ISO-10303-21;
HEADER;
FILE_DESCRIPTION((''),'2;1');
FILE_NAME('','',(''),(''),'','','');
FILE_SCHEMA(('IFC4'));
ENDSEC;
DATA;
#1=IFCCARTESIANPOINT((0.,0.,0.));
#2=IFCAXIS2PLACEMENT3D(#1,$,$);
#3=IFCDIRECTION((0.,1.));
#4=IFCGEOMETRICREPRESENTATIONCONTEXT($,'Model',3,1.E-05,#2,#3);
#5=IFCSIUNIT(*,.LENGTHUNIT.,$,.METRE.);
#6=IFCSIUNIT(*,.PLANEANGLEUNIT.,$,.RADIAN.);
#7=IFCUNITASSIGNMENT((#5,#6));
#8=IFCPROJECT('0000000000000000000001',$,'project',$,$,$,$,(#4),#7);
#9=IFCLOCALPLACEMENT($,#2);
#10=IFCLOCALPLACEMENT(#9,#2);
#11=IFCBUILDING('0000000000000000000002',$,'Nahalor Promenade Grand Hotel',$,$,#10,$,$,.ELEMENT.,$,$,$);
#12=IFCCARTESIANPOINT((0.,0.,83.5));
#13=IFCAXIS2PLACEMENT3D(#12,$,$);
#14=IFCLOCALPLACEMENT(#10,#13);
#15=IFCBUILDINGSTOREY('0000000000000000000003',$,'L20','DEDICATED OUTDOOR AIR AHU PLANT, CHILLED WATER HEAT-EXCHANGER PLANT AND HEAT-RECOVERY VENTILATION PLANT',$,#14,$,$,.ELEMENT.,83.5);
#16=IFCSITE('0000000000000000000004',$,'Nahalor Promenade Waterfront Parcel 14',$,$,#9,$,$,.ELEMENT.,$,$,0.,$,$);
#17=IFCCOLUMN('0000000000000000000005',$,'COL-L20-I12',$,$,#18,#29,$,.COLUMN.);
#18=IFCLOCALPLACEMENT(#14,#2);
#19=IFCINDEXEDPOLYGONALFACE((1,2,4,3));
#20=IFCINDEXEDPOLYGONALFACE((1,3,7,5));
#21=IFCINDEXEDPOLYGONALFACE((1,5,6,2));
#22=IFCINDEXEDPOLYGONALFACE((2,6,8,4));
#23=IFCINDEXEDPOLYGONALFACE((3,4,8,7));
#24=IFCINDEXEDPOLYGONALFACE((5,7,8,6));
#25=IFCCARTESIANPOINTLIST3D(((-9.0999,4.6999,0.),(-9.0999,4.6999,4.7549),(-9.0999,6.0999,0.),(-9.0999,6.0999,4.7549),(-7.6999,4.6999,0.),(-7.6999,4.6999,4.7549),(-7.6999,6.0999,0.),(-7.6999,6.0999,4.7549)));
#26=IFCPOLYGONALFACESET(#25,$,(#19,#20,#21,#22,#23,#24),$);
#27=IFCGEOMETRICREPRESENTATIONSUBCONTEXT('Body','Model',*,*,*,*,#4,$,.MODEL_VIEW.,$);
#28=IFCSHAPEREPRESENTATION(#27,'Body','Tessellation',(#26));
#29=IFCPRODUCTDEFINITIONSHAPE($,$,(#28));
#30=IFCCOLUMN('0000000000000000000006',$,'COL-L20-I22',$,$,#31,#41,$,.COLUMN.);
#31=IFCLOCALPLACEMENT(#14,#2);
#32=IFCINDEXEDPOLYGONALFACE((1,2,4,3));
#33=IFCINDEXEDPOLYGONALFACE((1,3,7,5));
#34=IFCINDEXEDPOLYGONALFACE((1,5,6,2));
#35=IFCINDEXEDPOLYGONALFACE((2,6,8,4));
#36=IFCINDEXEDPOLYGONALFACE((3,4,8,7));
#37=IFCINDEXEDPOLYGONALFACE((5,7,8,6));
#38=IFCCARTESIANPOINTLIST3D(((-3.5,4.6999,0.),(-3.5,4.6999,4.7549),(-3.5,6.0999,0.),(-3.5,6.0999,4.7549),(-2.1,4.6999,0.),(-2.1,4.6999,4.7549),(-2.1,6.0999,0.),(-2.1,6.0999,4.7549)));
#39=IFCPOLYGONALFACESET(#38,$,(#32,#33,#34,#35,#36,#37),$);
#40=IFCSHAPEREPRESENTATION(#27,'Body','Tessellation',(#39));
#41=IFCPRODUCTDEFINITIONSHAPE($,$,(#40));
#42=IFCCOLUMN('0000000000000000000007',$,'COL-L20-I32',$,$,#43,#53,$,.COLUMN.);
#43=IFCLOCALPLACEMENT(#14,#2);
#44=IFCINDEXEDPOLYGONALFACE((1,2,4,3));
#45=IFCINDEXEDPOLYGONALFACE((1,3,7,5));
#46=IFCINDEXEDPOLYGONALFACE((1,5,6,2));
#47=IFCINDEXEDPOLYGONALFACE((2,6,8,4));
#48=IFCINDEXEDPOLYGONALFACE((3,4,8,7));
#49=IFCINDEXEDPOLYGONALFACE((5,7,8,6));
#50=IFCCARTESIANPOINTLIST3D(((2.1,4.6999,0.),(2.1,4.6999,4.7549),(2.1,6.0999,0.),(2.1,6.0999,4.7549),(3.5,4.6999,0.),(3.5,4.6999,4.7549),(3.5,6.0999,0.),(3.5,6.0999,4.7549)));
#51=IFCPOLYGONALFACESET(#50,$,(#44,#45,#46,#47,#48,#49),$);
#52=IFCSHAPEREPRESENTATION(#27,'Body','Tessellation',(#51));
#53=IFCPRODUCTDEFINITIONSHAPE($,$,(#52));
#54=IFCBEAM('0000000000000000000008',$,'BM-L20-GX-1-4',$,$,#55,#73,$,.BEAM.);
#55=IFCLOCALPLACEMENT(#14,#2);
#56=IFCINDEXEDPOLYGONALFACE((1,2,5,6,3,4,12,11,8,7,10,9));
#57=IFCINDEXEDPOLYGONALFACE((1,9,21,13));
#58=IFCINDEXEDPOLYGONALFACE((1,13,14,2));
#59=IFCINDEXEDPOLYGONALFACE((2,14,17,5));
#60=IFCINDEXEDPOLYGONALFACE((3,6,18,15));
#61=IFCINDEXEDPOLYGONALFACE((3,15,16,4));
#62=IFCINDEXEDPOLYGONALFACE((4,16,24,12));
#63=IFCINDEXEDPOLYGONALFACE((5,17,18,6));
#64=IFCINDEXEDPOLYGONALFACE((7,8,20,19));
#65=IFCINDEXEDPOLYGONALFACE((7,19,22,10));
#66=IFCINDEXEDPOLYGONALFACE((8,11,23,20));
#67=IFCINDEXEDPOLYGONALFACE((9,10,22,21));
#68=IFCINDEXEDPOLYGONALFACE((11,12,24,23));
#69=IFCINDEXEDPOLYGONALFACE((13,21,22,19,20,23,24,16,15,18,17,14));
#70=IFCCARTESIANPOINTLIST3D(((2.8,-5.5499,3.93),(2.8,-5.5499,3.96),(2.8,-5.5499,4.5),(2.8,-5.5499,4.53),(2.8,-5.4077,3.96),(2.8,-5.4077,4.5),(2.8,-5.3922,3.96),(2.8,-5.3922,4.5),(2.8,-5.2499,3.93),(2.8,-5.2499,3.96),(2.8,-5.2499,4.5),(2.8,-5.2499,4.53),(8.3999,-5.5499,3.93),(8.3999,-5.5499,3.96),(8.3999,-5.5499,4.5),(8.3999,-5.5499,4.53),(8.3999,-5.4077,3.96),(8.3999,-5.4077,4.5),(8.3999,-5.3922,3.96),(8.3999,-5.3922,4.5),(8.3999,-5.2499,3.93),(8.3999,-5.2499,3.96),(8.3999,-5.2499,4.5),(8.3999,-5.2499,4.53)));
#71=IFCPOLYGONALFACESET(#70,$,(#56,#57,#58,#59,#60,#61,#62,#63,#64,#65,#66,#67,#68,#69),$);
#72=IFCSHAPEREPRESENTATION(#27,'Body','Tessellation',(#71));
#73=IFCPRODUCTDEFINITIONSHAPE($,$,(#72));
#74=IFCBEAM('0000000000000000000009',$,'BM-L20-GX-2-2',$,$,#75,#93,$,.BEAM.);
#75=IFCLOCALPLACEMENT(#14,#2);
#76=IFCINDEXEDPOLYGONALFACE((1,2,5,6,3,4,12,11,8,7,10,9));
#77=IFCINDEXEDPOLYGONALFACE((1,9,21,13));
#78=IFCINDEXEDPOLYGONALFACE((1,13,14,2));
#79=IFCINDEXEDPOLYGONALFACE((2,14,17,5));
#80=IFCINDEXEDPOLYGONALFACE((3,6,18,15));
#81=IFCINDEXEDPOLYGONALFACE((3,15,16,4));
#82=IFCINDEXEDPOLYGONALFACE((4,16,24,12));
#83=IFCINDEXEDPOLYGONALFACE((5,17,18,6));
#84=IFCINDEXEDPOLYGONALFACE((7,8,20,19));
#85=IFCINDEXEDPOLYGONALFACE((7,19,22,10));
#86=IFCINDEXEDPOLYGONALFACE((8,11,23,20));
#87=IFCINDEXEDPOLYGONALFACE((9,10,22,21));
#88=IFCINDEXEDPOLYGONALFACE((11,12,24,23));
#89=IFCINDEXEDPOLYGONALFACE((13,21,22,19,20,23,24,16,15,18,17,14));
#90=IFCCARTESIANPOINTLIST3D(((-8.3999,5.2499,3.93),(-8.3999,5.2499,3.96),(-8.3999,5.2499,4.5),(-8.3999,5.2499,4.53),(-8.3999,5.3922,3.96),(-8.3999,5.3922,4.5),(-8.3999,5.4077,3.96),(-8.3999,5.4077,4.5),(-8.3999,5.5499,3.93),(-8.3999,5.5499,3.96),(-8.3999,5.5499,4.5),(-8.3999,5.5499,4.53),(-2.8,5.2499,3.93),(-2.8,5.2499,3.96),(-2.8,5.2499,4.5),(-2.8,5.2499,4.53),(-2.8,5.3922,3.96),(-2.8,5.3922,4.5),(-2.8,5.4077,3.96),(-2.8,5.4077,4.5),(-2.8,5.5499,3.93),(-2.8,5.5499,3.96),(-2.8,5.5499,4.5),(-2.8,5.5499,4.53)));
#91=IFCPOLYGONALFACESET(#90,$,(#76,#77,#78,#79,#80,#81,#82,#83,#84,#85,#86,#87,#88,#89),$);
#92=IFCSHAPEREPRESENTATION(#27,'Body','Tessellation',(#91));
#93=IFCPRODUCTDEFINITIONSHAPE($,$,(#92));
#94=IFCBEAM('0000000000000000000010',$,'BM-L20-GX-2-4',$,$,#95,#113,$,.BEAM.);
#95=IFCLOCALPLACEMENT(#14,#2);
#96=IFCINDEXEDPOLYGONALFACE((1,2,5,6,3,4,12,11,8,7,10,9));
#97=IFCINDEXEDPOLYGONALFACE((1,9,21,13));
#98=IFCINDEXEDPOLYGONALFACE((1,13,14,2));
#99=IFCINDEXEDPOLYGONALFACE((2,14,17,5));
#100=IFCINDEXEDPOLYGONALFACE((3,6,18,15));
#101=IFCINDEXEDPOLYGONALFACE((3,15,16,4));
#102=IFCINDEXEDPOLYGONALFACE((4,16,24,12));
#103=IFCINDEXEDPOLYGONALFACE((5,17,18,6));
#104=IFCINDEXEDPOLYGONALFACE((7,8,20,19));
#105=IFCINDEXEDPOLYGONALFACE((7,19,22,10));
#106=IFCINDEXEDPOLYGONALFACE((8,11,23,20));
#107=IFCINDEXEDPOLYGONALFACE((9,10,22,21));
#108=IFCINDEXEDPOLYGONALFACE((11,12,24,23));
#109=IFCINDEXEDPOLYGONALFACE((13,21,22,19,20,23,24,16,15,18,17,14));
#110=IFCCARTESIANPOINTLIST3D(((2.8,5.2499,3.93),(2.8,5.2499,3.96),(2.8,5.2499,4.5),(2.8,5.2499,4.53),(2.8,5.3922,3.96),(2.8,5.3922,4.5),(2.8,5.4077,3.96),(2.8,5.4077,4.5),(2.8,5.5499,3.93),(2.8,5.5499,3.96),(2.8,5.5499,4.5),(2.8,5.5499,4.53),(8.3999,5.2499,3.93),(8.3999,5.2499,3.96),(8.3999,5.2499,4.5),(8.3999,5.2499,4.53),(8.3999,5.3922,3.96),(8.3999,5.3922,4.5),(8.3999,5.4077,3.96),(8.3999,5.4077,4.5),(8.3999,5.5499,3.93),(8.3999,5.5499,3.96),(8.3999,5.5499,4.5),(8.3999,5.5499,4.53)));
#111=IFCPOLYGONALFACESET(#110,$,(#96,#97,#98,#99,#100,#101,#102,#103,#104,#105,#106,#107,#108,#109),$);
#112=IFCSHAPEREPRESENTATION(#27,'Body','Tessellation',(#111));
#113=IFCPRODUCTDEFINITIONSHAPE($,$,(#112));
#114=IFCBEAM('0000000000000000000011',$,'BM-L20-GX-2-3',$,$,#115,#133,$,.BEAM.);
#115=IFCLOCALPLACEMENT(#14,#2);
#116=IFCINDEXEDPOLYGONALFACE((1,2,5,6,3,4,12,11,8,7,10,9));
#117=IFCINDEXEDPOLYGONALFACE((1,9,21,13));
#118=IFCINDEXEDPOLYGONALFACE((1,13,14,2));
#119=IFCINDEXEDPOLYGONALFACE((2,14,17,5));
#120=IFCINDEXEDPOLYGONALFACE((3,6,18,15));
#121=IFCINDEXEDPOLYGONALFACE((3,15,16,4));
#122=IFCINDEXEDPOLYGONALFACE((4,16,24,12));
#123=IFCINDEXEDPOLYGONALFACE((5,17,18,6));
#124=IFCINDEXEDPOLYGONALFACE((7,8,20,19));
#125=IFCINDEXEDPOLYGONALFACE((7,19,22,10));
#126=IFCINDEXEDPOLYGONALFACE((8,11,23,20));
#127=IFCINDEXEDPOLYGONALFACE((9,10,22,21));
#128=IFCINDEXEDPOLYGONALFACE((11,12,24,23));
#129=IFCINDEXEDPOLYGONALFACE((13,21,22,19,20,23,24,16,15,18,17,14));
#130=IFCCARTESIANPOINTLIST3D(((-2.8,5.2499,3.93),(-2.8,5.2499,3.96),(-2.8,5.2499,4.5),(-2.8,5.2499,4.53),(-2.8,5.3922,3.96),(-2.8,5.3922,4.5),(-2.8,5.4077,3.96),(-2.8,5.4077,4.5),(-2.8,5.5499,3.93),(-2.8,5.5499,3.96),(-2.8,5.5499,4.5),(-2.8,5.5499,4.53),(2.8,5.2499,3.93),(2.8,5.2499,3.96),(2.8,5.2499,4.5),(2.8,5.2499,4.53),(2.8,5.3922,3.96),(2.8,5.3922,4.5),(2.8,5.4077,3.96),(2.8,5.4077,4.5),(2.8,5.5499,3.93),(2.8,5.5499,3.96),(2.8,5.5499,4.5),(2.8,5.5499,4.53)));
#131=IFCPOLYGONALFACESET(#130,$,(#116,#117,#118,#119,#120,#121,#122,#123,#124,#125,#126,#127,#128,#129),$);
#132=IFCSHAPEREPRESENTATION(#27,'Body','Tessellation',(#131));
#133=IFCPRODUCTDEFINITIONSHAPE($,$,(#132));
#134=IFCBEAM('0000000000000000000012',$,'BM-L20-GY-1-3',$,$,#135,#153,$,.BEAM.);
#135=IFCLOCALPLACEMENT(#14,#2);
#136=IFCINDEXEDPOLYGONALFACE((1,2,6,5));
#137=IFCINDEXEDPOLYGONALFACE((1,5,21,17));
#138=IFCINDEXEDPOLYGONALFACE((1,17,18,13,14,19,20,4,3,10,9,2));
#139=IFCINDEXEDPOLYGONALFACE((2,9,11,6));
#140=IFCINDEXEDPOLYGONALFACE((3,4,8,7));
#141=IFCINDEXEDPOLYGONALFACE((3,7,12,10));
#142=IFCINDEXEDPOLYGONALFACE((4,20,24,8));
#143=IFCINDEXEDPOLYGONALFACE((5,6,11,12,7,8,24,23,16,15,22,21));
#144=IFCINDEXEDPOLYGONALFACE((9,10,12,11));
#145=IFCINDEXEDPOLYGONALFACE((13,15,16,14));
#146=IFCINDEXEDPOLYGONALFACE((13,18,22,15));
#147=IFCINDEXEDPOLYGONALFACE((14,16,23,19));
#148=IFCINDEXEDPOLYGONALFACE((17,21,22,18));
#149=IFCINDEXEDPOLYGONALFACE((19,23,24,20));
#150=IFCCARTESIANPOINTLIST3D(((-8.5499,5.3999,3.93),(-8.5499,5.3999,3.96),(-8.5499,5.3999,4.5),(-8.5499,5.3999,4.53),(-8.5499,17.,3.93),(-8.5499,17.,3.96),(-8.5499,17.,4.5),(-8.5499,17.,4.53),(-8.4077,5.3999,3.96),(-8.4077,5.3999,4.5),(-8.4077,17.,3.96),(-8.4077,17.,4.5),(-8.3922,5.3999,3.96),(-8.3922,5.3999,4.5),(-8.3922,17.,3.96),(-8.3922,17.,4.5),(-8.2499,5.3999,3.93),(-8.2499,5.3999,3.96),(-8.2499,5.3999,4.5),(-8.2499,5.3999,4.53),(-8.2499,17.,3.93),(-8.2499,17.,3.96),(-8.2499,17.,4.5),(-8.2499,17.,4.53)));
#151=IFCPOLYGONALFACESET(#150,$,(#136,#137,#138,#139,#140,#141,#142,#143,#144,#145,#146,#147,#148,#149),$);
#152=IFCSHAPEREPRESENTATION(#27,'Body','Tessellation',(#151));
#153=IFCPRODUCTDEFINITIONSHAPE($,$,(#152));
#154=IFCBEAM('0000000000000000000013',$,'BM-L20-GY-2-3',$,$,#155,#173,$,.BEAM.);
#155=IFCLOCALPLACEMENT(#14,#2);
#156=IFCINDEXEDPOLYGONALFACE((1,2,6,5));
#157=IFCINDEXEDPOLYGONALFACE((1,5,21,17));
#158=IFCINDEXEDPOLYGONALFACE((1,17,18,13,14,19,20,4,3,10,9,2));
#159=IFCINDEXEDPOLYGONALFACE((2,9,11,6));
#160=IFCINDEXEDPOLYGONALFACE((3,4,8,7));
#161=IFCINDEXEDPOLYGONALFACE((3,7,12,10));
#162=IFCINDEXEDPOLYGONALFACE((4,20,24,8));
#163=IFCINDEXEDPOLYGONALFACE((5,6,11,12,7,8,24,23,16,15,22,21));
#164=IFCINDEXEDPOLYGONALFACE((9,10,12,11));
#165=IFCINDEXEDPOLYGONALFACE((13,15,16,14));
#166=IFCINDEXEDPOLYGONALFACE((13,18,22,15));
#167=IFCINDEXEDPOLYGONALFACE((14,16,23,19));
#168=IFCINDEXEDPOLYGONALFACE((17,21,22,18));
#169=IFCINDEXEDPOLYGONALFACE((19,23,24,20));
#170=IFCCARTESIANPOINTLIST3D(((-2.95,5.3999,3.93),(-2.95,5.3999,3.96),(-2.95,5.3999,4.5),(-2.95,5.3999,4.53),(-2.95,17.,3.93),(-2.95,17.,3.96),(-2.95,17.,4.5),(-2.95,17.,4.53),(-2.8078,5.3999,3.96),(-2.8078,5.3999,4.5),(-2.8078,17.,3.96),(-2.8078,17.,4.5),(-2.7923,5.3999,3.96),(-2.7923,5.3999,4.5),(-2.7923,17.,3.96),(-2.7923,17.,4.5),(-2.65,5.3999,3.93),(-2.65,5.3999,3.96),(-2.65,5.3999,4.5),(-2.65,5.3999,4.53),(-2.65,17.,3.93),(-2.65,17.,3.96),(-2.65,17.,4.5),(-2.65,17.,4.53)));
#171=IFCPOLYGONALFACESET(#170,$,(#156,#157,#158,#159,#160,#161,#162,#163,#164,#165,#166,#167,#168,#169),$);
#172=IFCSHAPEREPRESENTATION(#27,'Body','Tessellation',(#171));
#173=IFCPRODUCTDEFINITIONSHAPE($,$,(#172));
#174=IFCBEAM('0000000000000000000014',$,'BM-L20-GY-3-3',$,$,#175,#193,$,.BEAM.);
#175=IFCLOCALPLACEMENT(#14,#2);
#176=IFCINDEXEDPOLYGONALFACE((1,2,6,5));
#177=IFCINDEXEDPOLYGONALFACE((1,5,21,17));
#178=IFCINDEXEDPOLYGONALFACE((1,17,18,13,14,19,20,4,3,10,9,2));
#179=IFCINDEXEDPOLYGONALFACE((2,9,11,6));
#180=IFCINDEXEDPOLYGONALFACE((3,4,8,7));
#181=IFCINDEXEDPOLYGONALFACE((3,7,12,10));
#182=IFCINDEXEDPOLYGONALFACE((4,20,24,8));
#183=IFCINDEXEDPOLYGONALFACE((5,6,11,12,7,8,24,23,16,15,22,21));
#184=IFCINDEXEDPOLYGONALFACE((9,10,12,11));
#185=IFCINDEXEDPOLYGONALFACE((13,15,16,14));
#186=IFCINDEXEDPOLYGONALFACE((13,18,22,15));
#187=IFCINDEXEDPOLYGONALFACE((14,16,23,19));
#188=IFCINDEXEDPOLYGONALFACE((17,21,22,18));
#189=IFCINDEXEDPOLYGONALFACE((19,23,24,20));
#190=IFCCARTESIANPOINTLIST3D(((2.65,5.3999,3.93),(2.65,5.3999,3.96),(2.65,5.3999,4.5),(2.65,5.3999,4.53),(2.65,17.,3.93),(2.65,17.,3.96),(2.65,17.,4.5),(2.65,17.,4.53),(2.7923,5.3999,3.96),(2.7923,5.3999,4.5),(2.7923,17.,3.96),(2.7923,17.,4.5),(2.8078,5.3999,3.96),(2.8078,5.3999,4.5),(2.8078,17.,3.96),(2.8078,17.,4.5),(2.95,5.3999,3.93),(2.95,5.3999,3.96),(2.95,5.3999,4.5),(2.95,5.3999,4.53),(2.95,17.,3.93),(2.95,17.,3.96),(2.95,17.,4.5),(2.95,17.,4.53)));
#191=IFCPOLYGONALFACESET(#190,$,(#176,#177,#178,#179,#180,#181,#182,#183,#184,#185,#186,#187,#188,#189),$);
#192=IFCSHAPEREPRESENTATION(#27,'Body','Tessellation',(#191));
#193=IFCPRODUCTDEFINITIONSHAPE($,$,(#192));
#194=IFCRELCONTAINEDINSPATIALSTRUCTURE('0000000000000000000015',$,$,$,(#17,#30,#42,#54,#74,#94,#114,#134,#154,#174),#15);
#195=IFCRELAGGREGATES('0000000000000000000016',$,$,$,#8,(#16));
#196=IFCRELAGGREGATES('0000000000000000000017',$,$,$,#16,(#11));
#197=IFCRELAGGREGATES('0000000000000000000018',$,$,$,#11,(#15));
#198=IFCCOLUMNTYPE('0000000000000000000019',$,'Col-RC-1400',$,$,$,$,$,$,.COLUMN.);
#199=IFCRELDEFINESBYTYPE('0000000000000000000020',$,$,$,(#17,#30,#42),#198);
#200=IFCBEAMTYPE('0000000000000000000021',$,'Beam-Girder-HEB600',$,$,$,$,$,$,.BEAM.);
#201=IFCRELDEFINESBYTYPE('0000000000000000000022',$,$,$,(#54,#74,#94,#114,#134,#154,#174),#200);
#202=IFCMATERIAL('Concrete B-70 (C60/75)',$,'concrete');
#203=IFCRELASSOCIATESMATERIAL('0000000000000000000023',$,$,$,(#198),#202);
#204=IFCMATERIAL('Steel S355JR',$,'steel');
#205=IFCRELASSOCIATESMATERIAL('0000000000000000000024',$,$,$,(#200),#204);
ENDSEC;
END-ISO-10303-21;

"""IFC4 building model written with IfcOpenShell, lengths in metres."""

from ifc_helpers import new_model, si_unit, direction, frame, origin, origin_2d, place, context, subcontext, project, spatial, rectangle, i_section, extrude, source, transform, mapped, material, material_profile, profile_set, type_object, element, save


model = new_model("IFC4")

# Units and contexts
model_context = context("Model", 3, precision=1e-05, world=origin(), true_north=direction((0.0, 1.0)))
body_context = subcontext(model_context, "Body", "Model", "MODEL_VIEW")
ifc_project = project(units=[si_unit("LENGTHUNIT", "METRE"), si_unit("PLANEANGLEUNIT", "RADIAN")], contexts=[model_context])

# Site, building, storey
site_placement = place(None, origin())
site = spatial("IfcSite", under=ifc_project, at=site_placement, Name="Nahalor Promenade Waterfront Parcel 14", CompositionType="ELEMENT", RefElevation=0.0)
building_placement = place(site_placement, origin())
building = spatial("IfcBuilding", under=site, at=building_placement, Name="Nahalor Promenade Grand Hotel", CompositionType="ELEMENT")
storey_placement = place(building_placement, frame((0.0, 0.0, 83.5)))
storey = spatial("IfcBuildingStorey", under=building, at=storey_placement, Name="L20", Description="DEDICATED OUTDOOR AIR AHU PLANT, CHILLED WATER HEAT-EXCHANGER PLANT AND HEAT-RECOVERY VENTILATION PLANT", CompositionType="ELEMENT", Elevation=83.5)

# Columns
ifc_material_1 = material(Name="Concrete B-70 (C60/75)", Category="concrete")
ifc_material_profile_1 = material_profile(ifc_material_1, rectangle(XDim=1.4, YDim=1.4, at=origin_2d()), Name="RC 1400x1400")
ifc_profile_set_1 = profile_set([ifc_material_profile_1], Name="Concrete B-70 (C60/75)")
column_type = type_object("IfcColumnType", Name="Col-RC-1400", PredefinedType="COLUMN", material=ifc_profile_set_1)
shared_shape_1 = source(origin(), body_context, "Body", "SweptSolid", [
    extrude(rectangle(XDim=1.4, YDim=1.4, at=origin_2d()), origin(), (0.0, 0.0, 1.0), 4.7549),
])
for number, where, z_axis, x_axis, name in (
    (1, (-8.3999, 5.3999, 0.0), (0.0, 0.0, 1.0), (1.0, 0.0, 0.0), "COL-L20-I12"),
    (2, (-2.8, 5.3999, 0.0), (0.0, 0.0, 1.0), (1.0, 0.0, 0.0), "COL-L20-I22"),
    (3, (2.8, 5.3999, 0.0), (0.0, 0.0, 1.0), (1.0, 0.0, 0.0), "COL-L20-I32"),
):
    element("IfcColumn", number, at=place(storey_placement, frame(where, z_axis=z_axis, x_axis=x_axis)), inside=storey, type_object=column_type, Name=name, PredefinedType="COLUMN", context=body_context, shape_type="MappedRepresentation", body=[
        mapped(shared_shape_1, transform((0.0, 0.0, 0.0), scale=1.0)),
    ])

# Beams
ifc_material_2 = material(Name="Steel S355JR", Category="steel")
ifc_material_profile_2 = material_profile(ifc_material_2, i_section(OverallWidth=0.3, OverallDepth=0.6, WebThickness=0.0155, FlangeThickness=0.03, at=origin_2d()), Name="HEB 600")
ifc_profile_set_2 = profile_set([ifc_material_profile_2], Name="Steel S355JR")
beam_type = type_object("IfcBeamType", Name="Beam-Girder-HEB600", PredefinedType="BEAM", material=ifc_profile_set_2)
shared_shape_2 = source(origin(), body_context, "Body", "SweptSolid", [
    extrude(i_section(OverallWidth=0.3, OverallDepth=0.6, WebThickness=0.0155, FlangeThickness=0.03, at=origin_2d()), origin(), (0.0, 0.0, 1.0), 5.5999),
])
for number, where, z_axis, x_axis, name in (
    (4, (2.8, -5.3999, 4.23), (1.0, 0.0, 0.0), (0.0, 1.0, 0.0), "BM-L20-GX-1-4"),
    (5, (-8.3999, 5.3999, 4.23), (1.0, 0.0, 0.0), (0.0, 1.0, 0.0), "BM-L20-GX-2-2"),
    (6, (2.8, 5.3999, 4.23), (1.0, 0.0, 0.0), (0.0, 1.0, 0.0), "BM-L20-GX-2-4"),
):
    element("IfcBeam", number, at=place(storey_placement, frame(where, z_axis=z_axis, x_axis=x_axis)), inside=storey, type_object=beam_type, Name=name, PredefinedType="BEAM", context=body_context, shape_type="MappedRepresentation", body=[
        mapped(shared_shape_2, transform((0.0, 0.0, 0.0), scale=1.0)),
    ])
shared_shape_3 = source(origin(), body_context, "Body", "SweptSolid", [
    extrude(i_section(OverallWidth=0.3, OverallDepth=0.6, WebThickness=0.0155, FlangeThickness=0.03, at=origin_2d()), origin(), (0.0, 0.0, 1.0), 5.6001),
])
beam_1_placement = place(storey_placement, frame((-2.8, 5.3999, 4.23), z_axis=(1.0, 0.0, 0.0), x_axis=(0.0, 1.0, 0.0)))
element("IfcBeam", 7, at=beam_1_placement, inside=storey, type_object=beam_type, Name="BM-L20-GX-2-3", PredefinedType="BEAM", context=body_context, shape_type="MappedRepresentation", body=[
    mapped(shared_shape_3, transform((0.0, 0.0, 0.0), scale=1.0)),
])
shared_shape_4 = source(origin(), body_context, "Body", "SweptSolid", [
    extrude(i_section(OverallWidth=0.3, OverallDepth=0.6, WebThickness=0.0155, FlangeThickness=0.03, at=origin_2d()), origin(), (0.0, 0.0, 1.0), 11.6001),
])
for number, where, z_axis, x_axis, name in (
    (8, (-8.3999, 5.3999, 4.23), (0.0, 1.0, 0.0), (-1.0, 0.0, 0.0), "BM-L20-GY-1-3"),
    (9, (-2.8, 5.3999, 4.23), (0.0, 1.0, 0.0), (-1.0, 0.0, 0.0), "BM-L20-GY-2-3"),
    (10, (2.8, 5.3999, 4.23), (0.0, 1.0, 0.0), (-1.0, 0.0, 0.0), "BM-L20-GY-3-3"),
):
    element("IfcBeam", number, at=place(storey_placement, frame(where, z_axis=z_axis, x_axis=x_axis)), inside=storey, type_object=beam_type, Name=name, PredefinedType="BEAM", context=body_context, shape_type="MappedRepresentation", body=[
        mapped(shared_shape_4, transform((0.0, 0.0, 0.0), scale=1.0)),
    ])

save(model, "model.ifc")
